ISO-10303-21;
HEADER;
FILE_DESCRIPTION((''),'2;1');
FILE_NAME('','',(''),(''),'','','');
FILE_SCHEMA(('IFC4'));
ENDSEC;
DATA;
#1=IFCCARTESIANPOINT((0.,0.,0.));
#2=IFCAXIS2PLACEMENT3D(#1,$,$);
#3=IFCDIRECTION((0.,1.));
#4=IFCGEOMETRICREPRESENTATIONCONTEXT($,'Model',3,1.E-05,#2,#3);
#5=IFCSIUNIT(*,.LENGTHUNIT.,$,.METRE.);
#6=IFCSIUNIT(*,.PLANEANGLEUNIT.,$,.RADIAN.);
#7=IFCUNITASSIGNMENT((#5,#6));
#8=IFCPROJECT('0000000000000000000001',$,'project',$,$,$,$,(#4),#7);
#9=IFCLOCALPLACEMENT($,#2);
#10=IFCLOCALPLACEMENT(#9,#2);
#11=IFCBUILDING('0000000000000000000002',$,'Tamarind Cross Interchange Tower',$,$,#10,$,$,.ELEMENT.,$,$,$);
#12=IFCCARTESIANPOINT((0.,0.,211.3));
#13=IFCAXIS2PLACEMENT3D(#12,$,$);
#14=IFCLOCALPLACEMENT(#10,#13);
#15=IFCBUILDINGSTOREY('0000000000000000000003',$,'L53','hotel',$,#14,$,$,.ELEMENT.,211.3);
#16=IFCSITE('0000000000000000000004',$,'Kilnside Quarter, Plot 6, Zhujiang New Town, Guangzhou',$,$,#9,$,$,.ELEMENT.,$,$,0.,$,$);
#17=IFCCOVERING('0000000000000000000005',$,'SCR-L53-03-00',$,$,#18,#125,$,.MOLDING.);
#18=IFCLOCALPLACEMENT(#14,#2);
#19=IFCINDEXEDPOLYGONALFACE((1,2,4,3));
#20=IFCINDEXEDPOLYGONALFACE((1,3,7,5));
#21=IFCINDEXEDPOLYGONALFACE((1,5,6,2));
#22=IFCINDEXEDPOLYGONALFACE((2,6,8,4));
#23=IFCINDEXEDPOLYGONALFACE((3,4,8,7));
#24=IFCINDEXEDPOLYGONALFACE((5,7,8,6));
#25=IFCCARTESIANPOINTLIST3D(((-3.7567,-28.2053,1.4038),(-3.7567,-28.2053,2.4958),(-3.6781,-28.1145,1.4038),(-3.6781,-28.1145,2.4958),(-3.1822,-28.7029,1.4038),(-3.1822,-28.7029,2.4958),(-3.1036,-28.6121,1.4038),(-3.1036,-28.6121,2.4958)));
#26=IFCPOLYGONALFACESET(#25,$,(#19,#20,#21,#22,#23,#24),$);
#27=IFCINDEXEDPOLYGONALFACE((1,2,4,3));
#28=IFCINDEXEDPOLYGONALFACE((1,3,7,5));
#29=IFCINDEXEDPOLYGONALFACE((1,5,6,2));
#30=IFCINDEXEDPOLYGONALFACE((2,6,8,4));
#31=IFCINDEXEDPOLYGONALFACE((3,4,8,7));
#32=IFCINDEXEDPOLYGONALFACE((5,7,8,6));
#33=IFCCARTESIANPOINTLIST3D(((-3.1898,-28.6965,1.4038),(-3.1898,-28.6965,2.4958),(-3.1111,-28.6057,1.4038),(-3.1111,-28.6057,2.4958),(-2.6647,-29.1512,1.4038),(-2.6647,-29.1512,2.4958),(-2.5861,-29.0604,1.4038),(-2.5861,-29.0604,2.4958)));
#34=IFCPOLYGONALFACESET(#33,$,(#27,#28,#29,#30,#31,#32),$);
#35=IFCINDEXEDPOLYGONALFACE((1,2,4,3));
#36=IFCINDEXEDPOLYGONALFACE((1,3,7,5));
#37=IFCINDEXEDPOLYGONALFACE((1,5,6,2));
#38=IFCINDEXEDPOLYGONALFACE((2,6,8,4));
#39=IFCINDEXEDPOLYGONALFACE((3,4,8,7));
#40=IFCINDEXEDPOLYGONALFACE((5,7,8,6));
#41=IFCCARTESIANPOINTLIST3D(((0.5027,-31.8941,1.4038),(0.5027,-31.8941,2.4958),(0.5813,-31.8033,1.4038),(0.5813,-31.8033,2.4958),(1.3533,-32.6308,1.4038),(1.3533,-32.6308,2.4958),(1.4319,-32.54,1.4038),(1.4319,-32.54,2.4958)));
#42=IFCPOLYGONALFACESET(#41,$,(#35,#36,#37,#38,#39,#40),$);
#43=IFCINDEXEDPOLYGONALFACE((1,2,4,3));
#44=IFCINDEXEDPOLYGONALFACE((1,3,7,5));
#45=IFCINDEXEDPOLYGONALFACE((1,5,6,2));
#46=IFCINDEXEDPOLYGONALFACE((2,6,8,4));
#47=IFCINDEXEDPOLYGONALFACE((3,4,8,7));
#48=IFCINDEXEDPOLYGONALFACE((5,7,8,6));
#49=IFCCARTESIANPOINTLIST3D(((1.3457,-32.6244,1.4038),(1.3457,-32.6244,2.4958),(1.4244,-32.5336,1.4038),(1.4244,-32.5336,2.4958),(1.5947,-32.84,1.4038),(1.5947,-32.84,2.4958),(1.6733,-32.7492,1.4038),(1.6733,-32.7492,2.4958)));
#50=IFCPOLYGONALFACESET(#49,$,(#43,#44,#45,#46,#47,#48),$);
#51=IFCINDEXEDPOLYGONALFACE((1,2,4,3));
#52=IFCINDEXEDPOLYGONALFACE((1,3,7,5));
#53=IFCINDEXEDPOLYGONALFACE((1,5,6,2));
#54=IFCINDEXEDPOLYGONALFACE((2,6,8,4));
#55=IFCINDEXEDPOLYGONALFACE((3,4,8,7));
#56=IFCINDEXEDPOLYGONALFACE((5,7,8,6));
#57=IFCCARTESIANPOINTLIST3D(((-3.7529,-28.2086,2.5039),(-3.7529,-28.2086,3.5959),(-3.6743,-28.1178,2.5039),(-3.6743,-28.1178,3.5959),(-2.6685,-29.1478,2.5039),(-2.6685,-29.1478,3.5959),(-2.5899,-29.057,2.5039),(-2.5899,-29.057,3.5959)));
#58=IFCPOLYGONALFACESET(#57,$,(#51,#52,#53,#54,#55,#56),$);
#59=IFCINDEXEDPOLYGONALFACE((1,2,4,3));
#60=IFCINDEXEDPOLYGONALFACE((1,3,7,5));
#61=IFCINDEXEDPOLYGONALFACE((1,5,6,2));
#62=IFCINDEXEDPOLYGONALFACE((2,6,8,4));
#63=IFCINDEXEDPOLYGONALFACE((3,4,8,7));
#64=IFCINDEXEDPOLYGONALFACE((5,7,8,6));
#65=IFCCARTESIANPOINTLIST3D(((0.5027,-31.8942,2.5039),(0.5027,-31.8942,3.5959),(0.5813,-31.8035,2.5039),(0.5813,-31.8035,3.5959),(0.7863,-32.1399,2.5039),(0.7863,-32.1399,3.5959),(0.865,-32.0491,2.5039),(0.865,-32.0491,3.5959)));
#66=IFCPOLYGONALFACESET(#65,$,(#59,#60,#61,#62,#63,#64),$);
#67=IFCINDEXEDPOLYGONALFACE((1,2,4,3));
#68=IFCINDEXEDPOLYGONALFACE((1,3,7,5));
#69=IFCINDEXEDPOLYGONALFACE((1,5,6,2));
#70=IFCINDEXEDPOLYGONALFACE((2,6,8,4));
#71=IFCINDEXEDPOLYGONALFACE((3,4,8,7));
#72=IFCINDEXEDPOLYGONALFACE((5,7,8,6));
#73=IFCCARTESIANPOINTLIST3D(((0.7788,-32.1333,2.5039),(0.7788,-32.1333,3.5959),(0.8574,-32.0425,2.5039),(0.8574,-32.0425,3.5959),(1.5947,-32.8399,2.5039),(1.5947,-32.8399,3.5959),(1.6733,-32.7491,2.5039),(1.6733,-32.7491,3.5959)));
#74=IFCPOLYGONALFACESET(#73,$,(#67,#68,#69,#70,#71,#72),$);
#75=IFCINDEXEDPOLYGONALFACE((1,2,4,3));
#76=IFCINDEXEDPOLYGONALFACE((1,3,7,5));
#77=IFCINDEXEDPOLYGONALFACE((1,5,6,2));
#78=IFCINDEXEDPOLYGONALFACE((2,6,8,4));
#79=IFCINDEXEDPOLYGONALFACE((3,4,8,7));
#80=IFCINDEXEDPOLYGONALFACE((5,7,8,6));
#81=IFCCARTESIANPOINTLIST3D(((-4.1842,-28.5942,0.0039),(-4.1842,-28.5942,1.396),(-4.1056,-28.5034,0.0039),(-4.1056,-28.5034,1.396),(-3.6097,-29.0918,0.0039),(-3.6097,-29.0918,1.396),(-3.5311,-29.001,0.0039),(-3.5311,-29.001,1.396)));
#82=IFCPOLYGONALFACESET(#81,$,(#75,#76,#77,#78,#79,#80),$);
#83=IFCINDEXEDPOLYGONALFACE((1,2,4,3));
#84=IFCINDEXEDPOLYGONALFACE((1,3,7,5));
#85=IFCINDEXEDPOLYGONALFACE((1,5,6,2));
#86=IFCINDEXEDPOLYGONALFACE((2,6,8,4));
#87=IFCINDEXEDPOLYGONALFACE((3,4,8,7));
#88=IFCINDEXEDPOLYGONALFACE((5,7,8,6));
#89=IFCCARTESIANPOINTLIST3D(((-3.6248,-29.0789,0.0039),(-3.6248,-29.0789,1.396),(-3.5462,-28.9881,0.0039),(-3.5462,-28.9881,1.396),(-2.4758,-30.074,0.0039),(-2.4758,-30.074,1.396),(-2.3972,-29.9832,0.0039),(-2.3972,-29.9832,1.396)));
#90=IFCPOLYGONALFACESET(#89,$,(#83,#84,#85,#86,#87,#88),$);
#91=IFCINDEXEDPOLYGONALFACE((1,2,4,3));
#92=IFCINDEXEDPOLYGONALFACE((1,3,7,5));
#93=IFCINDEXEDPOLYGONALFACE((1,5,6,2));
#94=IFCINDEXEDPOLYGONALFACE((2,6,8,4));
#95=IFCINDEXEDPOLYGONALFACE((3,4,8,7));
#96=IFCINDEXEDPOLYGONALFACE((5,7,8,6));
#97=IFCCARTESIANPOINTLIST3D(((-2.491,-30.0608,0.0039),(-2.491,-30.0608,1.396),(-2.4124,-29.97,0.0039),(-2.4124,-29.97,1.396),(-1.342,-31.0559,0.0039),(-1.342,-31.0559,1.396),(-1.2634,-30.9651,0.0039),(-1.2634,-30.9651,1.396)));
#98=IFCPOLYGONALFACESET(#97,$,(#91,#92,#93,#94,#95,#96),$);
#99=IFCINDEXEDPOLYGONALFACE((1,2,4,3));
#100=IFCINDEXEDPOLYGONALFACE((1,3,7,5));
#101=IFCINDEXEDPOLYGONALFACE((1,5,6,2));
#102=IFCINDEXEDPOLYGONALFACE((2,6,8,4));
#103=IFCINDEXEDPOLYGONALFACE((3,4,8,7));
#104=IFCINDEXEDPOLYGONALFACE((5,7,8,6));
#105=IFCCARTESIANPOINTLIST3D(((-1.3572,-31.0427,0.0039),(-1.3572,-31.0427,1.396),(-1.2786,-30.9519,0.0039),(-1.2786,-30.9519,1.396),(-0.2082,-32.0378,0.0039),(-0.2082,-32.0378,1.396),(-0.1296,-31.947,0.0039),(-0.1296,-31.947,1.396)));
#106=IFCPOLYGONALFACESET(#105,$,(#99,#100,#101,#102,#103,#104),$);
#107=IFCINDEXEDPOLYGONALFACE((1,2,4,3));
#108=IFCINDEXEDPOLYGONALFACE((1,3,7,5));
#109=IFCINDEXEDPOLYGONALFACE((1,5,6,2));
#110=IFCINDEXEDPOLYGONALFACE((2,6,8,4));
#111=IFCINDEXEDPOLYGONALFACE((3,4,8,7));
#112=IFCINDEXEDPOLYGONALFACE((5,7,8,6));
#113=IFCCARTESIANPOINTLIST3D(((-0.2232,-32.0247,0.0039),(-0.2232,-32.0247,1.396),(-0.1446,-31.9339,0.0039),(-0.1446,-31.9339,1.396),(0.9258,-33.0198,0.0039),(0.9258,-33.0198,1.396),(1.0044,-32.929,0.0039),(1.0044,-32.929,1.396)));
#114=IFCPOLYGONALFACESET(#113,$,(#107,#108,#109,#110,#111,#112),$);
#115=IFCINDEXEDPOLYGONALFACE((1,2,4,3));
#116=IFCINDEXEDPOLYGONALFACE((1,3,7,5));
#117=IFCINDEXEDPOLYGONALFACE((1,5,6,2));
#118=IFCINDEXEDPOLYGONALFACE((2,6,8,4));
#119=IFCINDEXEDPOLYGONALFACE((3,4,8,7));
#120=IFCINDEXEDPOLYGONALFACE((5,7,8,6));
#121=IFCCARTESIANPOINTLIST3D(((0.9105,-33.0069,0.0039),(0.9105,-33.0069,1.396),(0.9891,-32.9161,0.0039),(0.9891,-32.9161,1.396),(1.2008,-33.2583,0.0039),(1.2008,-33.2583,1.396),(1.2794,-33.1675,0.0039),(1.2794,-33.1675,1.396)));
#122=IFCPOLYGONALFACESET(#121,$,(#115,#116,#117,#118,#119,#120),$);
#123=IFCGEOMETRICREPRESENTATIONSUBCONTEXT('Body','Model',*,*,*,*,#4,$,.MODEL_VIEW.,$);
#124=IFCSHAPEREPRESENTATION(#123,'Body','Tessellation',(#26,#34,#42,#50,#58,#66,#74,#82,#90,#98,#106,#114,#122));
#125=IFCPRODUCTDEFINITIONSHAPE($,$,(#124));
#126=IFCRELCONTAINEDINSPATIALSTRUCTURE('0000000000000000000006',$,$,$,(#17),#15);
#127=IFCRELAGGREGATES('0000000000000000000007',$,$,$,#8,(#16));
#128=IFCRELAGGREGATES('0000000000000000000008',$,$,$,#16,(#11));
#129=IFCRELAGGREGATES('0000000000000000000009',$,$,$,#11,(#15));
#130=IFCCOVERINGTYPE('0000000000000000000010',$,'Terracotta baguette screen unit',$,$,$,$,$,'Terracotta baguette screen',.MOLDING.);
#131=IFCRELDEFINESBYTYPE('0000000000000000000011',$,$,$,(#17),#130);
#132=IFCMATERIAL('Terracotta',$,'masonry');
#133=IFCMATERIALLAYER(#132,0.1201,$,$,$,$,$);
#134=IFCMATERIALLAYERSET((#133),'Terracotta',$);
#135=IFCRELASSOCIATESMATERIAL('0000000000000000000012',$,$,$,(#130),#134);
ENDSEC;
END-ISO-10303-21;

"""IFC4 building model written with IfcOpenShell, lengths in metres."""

from ifc_helpers import new_model, si_unit, direction, frame, origin, origin_2d, place, context, subcontext, project, spatial, rectangle, extrude, material, layer, layer_set, type_object, element, save


model = new_model("IFC4")

# Units and contexts
model_context = context("Model", 3, precision=1e-05, world=origin(), true_north=direction((0.0, 1.0)))
body_context = subcontext(model_context, "Body", "Model", "MODEL_VIEW")
ifc_project = project(units=[si_unit("LENGTHUNIT", "METRE"), si_unit("PLANEANGLEUNIT", "RADIAN")], contexts=[model_context])

# Site, building, storey
site_placement = place(None, origin())
site = spatial("IfcSite", under=ifc_project, at=site_placement, Name="Kilnside Quarter, Plot 6, Zhujiang New Town, Guangzhou", CompositionType="ELEMENT", RefElevation=0.0)
building_placement = place(site_placement, origin())
building = spatial("IfcBuilding", under=site, at=building_placement, Name="Tamarind Cross Interchange Tower", CompositionType="ELEMENT")
storey_placement = place(building_placement, frame((0.0, 0.0, 211.3)))
storey = spatial("IfcBuildingStorey", under=building, at=storey_placement, Name="L53", Description="hotel", CompositionType="ELEMENT", Elevation=211.3)

# Covering
ifc_material_1 = material(Name="Terracotta", Category="masonry")
ifc_layer_1 = layer(ifc_material_1, 0.1201)
ifc_layer_set_1 = layer_set([ifc_layer_1], Name="Terracotta")
covering_type = type_object("IfcCoveringType", Name="Terracotta baguette screen unit", ElementType="Terracotta baguette screen", PredefinedType="MOLDING", material=ifc_layer_set_1)
covering_1_placement = place(storey_placement, origin())
element("IfcCovering", 1, at=covering_1_placement, inside=storey, type_object=covering_type, Name="SCR-L53-03-00", PredefinedType="MOLDING", context=body_context, shape_type="SweptSolid", body=[
    extrude(rectangle(XDim=0.76, YDim=0.1201, at=origin_2d()), frame((-3.4302, -28.4087, 1.4038), z_axis=(0.0, 0.0, 1.0), x_axis=(0.755917, -0.654667, 0.0)), (0.0, 0.0, 1.0), 1.092),
    extrude(rectangle(XDim=0.6946, YDim=0.1201, at=origin_2d()), frame((-2.8879, -28.8784, 1.4038), z_axis=(0.0, 0.0, 1.0), x_axis=(0.755917, -0.654667, 0.0)), (0.0, 0.0, 1.0), 1.092),
    extrude(rectangle(XDim=1.1252, YDim=0.1201, at=origin_2d()), frame((0.9673, -32.217, 1.4038), z_axis=(0.0, 0.0, 1.0), x_axis=(0.755917, -0.654667, 0.0)), (0.0, 0.0, 1.0), 1.092),
    extrude(rectangle(XDim=0.3293, YDim=0.1201, at=origin_2d()), frame((1.5095, -32.6868, 1.4038), z_axis=(0.0, 0.0, 1.0), x_axis=(0.755917, -0.654667, 0.0)), (0.0, 0.0, 1.0), 1.092),
    extrude(rectangle(XDim=1.4346, YDim=0.1201, at=origin_2d()), frame((-3.1714, -28.6328, 2.5039), z_axis=(0.0, 0.0, 1.0), x_axis=(0.755917, -0.654667, 0.0)), (0.0, 0.0, 1.0), 1.092),
    extrude(rectangle(XDim=0.3752, YDim=0.1201, at=origin_2d()), frame((0.6838, -31.9717, 2.5039), z_axis=(0.0, 0.0, 1.0), x_axis=(0.755917, -0.654667, 0.0)), (0.0, 0.0, 1.0), 1.092),
    extrude(rectangle(XDim=1.0793, YDim=0.1201, at=origin_2d()), frame((1.2261, -32.4412, 2.5039), z_axis=(0.0, 0.0, 1.0), x_axis=(0.755917, -0.654667, 0.0)), (0.0, 0.0, 1.0), 1.092),
    extrude(rectangle(XDim=0.76, YDim=0.1201, at=origin_2d()), frame((-3.8577, -28.7976, 0.0039), z_axis=(0.0, 0.0, 1.0), x_axis=(0.755917, -0.654667, 0.0)), (0.0, 0.0, 1.0), 1.3921),
    extrude(rectangle(XDim=1.52, YDim=0.1201, at=origin_2d()), frame((-3.011, -29.531, 0.0039), z_axis=(0.0, 0.0, 1.0), x_axis=(0.755917, -0.654667, 0.0)), (0.0, 0.0, 1.0), 1.3921),
    extrude(rectangle(XDim=1.52, YDim=0.1201, at=origin_2d()), frame((-1.8772, -30.5129, 0.0039), z_axis=(0.0, 0.0, 1.0), x_axis=(0.755917, -0.654667, 0.0)), (0.0, 0.0, 1.0), 1.3921),
    extrude(rectangle(XDim=1.52, YDim=0.1201, at=origin_2d()), frame((-0.7434, -31.4949, 0.0039), z_axis=(0.0, 0.0, 1.0), x_axis=(0.755917, -0.654667, 0.0)), (0.0, 0.0, 1.0), 1.3921),
    extrude(rectangle(XDim=1.52, YDim=0.1201, at=origin_2d()), frame((0.3906, -32.4768, 0.0039), z_axis=(0.0, 0.0, 1.0), x_axis=(0.755917, -0.654667, 0.0)), (0.0, 0.0, 1.0), 1.3921),
    extrude(rectangle(XDim=0.384, YDim=0.1201, at=origin_2d()), frame((1.095, -33.0872, 0.0039), z_axis=(0.0, 0.0, 1.0), x_axis=(0.755917, -0.654667, 0.0)), (0.0, 0.0, 1.0), 1.3921),
])

save(model, "model.ifc")
